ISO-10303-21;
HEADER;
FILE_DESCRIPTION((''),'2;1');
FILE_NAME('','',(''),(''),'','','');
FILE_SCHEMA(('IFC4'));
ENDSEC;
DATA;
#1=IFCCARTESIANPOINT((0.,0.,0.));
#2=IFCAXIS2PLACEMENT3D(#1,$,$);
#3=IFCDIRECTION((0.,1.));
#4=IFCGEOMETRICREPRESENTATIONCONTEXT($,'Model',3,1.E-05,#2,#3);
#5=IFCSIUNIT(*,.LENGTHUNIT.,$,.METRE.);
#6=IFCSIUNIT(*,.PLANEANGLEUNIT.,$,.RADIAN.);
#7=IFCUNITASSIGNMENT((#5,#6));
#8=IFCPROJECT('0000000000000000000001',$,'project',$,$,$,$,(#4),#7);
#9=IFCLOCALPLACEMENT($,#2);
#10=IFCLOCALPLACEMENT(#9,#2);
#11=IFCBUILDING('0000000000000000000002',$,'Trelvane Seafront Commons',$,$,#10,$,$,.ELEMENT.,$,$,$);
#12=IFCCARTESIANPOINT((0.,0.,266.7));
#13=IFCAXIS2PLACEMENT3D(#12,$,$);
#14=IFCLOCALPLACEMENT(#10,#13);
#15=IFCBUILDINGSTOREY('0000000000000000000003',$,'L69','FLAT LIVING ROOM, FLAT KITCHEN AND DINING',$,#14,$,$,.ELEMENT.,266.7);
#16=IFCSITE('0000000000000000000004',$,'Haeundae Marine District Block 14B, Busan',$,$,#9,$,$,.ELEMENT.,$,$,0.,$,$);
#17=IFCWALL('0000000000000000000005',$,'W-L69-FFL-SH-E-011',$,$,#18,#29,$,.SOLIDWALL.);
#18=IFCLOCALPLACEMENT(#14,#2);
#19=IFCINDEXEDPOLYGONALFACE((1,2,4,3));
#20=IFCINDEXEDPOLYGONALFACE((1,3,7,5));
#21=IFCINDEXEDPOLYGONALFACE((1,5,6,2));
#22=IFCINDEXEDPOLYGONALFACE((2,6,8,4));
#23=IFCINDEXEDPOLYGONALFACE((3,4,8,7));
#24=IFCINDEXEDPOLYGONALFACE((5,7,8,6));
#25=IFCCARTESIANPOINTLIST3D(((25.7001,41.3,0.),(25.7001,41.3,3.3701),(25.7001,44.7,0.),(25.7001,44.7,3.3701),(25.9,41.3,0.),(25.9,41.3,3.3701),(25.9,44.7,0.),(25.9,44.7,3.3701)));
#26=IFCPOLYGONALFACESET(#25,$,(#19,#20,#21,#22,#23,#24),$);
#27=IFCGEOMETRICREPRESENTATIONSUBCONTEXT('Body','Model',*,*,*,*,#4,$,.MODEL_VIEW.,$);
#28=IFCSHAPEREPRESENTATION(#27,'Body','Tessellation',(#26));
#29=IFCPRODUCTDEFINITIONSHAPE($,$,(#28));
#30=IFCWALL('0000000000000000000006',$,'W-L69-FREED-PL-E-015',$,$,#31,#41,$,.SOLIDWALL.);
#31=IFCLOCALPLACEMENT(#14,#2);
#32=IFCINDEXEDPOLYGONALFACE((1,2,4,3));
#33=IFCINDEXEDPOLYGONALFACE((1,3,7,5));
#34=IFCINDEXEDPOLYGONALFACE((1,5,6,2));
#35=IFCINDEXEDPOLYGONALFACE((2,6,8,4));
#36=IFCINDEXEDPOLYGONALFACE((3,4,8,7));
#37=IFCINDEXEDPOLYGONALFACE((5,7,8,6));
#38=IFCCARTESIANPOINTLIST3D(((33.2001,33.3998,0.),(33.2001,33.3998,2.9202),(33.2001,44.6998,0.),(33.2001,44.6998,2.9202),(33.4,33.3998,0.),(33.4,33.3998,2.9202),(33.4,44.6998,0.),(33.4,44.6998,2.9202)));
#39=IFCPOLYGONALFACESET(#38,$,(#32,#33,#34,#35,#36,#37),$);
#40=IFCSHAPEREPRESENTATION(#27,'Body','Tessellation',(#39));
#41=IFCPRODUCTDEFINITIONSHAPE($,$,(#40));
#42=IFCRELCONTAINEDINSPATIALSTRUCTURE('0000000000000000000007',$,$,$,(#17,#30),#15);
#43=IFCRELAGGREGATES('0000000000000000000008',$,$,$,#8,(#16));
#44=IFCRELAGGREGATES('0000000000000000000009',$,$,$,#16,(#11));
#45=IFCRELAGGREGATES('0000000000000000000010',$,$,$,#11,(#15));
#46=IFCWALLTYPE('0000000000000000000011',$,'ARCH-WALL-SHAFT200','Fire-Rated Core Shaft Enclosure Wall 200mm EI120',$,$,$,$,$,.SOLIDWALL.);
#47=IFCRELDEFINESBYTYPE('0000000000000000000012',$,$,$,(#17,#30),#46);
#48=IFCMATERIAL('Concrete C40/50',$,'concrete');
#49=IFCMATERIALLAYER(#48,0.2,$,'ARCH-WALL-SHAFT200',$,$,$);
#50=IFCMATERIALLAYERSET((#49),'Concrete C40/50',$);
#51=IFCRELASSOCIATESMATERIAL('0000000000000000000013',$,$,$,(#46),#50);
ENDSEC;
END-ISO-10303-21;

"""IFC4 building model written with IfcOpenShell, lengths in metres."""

from ifc_helpers import new_model, si_unit, direction, frame, frame_2d, origin, place, context, subcontext, project, spatial, rectangle, extrude, material, layer, layer_set, type_object, element, save


model = new_model("IFC4")

# Units and contexts
model_context = context("Model", 3, precision=1e-05, world=origin(), true_north=direction((0.0, 1.0)))
body_context = subcontext(model_context, "Body", "Model", "MODEL_VIEW")
ifc_project = project(units=[si_unit("LENGTHUNIT", "METRE"), si_unit("PLANEANGLEUNIT", "RADIAN")], contexts=[model_context])

# Site, building, storey
site_placement = place(None, origin())
site = spatial("IfcSite", under=ifc_project, at=site_placement, Name="Haeundae Marine District Block 14B, Busan", CompositionType="ELEMENT", RefElevation=0.0)
building_placement = place(site_placement, origin())
building = spatial("IfcBuilding", under=site, at=building_placement, Name="Trelvane Seafront Commons", CompositionType="ELEMENT")
storey_placement = place(building_placement, frame((0.0, 0.0, 266.7)))
storey = spatial("IfcBuildingStorey", under=building, at=storey_placement, Name="L69", Description="FLAT LIVING ROOM, FLAT KITCHEN AND DINING", CompositionType="ELEMENT", Elevation=266.7)

# Shared definitions
ifc_material_1 = material(Name="Concrete C40/50", Category="concrete")

# Walls
ifc_layer_1 = layer(ifc_material_1, 0.2, Name="ARCH-WALL-SHAFT200")
ifc_layer_set_1 = layer_set([ifc_layer_1], Name="Concrete C40/50")
wall_type_1 = type_object("IfcWallType", Name="ARCH-WALL-SHAFT200", Description="Fire-Rated Core Shaft Enclosure Wall 200mm EI120", PredefinedType="SOLIDWALL", material=ifc_layer_set_1)
for number, where, z_axis, x_axis, name in (
    (1, (25.8, 41.3, 0.0), (0.0, 0.0, 1.0), (0.0, 1.0, 0.0), "W-L69-FFL-SH-E-011"),
):
    element("IfcWall", number, at=place(storey_placement, frame(where, z_axis=z_axis, x_axis=x_axis)), inside=storey, type_object=wall_type_1, Name=name, PredefinedType="SOLIDWALL", context=body_context, shape_type="SweptSolid", body=[
        extrude(rectangle(XDim=3.3999, YDim=0.2, at=frame_2d((1.7, 0.0))), origin(), (0.0, 0.0, 1.0), 3.3701),
    ])
wall_1_placement = place(storey_placement, frame((33.3, 33.3999, 0.0), z_axis=(0.0, 0.0, 1.0), x_axis=(0.0, 1.0, 0.0)))
element("IfcWall", 2, at=wall_1_placement, inside=storey, type_object=wall_type_1, Name="W-L69-FREED-PL-E-015", PredefinedType="SOLIDWALL", context=body_context, shape_type="SweptSolid", body=[
    extrude(rectangle(XDim=11.3, YDim=0.2, at=frame_2d((5.6499, 0.0))), origin(), (0.0, 0.0, 1.0), 2.9202),
])

save(model, "model.ifc")
